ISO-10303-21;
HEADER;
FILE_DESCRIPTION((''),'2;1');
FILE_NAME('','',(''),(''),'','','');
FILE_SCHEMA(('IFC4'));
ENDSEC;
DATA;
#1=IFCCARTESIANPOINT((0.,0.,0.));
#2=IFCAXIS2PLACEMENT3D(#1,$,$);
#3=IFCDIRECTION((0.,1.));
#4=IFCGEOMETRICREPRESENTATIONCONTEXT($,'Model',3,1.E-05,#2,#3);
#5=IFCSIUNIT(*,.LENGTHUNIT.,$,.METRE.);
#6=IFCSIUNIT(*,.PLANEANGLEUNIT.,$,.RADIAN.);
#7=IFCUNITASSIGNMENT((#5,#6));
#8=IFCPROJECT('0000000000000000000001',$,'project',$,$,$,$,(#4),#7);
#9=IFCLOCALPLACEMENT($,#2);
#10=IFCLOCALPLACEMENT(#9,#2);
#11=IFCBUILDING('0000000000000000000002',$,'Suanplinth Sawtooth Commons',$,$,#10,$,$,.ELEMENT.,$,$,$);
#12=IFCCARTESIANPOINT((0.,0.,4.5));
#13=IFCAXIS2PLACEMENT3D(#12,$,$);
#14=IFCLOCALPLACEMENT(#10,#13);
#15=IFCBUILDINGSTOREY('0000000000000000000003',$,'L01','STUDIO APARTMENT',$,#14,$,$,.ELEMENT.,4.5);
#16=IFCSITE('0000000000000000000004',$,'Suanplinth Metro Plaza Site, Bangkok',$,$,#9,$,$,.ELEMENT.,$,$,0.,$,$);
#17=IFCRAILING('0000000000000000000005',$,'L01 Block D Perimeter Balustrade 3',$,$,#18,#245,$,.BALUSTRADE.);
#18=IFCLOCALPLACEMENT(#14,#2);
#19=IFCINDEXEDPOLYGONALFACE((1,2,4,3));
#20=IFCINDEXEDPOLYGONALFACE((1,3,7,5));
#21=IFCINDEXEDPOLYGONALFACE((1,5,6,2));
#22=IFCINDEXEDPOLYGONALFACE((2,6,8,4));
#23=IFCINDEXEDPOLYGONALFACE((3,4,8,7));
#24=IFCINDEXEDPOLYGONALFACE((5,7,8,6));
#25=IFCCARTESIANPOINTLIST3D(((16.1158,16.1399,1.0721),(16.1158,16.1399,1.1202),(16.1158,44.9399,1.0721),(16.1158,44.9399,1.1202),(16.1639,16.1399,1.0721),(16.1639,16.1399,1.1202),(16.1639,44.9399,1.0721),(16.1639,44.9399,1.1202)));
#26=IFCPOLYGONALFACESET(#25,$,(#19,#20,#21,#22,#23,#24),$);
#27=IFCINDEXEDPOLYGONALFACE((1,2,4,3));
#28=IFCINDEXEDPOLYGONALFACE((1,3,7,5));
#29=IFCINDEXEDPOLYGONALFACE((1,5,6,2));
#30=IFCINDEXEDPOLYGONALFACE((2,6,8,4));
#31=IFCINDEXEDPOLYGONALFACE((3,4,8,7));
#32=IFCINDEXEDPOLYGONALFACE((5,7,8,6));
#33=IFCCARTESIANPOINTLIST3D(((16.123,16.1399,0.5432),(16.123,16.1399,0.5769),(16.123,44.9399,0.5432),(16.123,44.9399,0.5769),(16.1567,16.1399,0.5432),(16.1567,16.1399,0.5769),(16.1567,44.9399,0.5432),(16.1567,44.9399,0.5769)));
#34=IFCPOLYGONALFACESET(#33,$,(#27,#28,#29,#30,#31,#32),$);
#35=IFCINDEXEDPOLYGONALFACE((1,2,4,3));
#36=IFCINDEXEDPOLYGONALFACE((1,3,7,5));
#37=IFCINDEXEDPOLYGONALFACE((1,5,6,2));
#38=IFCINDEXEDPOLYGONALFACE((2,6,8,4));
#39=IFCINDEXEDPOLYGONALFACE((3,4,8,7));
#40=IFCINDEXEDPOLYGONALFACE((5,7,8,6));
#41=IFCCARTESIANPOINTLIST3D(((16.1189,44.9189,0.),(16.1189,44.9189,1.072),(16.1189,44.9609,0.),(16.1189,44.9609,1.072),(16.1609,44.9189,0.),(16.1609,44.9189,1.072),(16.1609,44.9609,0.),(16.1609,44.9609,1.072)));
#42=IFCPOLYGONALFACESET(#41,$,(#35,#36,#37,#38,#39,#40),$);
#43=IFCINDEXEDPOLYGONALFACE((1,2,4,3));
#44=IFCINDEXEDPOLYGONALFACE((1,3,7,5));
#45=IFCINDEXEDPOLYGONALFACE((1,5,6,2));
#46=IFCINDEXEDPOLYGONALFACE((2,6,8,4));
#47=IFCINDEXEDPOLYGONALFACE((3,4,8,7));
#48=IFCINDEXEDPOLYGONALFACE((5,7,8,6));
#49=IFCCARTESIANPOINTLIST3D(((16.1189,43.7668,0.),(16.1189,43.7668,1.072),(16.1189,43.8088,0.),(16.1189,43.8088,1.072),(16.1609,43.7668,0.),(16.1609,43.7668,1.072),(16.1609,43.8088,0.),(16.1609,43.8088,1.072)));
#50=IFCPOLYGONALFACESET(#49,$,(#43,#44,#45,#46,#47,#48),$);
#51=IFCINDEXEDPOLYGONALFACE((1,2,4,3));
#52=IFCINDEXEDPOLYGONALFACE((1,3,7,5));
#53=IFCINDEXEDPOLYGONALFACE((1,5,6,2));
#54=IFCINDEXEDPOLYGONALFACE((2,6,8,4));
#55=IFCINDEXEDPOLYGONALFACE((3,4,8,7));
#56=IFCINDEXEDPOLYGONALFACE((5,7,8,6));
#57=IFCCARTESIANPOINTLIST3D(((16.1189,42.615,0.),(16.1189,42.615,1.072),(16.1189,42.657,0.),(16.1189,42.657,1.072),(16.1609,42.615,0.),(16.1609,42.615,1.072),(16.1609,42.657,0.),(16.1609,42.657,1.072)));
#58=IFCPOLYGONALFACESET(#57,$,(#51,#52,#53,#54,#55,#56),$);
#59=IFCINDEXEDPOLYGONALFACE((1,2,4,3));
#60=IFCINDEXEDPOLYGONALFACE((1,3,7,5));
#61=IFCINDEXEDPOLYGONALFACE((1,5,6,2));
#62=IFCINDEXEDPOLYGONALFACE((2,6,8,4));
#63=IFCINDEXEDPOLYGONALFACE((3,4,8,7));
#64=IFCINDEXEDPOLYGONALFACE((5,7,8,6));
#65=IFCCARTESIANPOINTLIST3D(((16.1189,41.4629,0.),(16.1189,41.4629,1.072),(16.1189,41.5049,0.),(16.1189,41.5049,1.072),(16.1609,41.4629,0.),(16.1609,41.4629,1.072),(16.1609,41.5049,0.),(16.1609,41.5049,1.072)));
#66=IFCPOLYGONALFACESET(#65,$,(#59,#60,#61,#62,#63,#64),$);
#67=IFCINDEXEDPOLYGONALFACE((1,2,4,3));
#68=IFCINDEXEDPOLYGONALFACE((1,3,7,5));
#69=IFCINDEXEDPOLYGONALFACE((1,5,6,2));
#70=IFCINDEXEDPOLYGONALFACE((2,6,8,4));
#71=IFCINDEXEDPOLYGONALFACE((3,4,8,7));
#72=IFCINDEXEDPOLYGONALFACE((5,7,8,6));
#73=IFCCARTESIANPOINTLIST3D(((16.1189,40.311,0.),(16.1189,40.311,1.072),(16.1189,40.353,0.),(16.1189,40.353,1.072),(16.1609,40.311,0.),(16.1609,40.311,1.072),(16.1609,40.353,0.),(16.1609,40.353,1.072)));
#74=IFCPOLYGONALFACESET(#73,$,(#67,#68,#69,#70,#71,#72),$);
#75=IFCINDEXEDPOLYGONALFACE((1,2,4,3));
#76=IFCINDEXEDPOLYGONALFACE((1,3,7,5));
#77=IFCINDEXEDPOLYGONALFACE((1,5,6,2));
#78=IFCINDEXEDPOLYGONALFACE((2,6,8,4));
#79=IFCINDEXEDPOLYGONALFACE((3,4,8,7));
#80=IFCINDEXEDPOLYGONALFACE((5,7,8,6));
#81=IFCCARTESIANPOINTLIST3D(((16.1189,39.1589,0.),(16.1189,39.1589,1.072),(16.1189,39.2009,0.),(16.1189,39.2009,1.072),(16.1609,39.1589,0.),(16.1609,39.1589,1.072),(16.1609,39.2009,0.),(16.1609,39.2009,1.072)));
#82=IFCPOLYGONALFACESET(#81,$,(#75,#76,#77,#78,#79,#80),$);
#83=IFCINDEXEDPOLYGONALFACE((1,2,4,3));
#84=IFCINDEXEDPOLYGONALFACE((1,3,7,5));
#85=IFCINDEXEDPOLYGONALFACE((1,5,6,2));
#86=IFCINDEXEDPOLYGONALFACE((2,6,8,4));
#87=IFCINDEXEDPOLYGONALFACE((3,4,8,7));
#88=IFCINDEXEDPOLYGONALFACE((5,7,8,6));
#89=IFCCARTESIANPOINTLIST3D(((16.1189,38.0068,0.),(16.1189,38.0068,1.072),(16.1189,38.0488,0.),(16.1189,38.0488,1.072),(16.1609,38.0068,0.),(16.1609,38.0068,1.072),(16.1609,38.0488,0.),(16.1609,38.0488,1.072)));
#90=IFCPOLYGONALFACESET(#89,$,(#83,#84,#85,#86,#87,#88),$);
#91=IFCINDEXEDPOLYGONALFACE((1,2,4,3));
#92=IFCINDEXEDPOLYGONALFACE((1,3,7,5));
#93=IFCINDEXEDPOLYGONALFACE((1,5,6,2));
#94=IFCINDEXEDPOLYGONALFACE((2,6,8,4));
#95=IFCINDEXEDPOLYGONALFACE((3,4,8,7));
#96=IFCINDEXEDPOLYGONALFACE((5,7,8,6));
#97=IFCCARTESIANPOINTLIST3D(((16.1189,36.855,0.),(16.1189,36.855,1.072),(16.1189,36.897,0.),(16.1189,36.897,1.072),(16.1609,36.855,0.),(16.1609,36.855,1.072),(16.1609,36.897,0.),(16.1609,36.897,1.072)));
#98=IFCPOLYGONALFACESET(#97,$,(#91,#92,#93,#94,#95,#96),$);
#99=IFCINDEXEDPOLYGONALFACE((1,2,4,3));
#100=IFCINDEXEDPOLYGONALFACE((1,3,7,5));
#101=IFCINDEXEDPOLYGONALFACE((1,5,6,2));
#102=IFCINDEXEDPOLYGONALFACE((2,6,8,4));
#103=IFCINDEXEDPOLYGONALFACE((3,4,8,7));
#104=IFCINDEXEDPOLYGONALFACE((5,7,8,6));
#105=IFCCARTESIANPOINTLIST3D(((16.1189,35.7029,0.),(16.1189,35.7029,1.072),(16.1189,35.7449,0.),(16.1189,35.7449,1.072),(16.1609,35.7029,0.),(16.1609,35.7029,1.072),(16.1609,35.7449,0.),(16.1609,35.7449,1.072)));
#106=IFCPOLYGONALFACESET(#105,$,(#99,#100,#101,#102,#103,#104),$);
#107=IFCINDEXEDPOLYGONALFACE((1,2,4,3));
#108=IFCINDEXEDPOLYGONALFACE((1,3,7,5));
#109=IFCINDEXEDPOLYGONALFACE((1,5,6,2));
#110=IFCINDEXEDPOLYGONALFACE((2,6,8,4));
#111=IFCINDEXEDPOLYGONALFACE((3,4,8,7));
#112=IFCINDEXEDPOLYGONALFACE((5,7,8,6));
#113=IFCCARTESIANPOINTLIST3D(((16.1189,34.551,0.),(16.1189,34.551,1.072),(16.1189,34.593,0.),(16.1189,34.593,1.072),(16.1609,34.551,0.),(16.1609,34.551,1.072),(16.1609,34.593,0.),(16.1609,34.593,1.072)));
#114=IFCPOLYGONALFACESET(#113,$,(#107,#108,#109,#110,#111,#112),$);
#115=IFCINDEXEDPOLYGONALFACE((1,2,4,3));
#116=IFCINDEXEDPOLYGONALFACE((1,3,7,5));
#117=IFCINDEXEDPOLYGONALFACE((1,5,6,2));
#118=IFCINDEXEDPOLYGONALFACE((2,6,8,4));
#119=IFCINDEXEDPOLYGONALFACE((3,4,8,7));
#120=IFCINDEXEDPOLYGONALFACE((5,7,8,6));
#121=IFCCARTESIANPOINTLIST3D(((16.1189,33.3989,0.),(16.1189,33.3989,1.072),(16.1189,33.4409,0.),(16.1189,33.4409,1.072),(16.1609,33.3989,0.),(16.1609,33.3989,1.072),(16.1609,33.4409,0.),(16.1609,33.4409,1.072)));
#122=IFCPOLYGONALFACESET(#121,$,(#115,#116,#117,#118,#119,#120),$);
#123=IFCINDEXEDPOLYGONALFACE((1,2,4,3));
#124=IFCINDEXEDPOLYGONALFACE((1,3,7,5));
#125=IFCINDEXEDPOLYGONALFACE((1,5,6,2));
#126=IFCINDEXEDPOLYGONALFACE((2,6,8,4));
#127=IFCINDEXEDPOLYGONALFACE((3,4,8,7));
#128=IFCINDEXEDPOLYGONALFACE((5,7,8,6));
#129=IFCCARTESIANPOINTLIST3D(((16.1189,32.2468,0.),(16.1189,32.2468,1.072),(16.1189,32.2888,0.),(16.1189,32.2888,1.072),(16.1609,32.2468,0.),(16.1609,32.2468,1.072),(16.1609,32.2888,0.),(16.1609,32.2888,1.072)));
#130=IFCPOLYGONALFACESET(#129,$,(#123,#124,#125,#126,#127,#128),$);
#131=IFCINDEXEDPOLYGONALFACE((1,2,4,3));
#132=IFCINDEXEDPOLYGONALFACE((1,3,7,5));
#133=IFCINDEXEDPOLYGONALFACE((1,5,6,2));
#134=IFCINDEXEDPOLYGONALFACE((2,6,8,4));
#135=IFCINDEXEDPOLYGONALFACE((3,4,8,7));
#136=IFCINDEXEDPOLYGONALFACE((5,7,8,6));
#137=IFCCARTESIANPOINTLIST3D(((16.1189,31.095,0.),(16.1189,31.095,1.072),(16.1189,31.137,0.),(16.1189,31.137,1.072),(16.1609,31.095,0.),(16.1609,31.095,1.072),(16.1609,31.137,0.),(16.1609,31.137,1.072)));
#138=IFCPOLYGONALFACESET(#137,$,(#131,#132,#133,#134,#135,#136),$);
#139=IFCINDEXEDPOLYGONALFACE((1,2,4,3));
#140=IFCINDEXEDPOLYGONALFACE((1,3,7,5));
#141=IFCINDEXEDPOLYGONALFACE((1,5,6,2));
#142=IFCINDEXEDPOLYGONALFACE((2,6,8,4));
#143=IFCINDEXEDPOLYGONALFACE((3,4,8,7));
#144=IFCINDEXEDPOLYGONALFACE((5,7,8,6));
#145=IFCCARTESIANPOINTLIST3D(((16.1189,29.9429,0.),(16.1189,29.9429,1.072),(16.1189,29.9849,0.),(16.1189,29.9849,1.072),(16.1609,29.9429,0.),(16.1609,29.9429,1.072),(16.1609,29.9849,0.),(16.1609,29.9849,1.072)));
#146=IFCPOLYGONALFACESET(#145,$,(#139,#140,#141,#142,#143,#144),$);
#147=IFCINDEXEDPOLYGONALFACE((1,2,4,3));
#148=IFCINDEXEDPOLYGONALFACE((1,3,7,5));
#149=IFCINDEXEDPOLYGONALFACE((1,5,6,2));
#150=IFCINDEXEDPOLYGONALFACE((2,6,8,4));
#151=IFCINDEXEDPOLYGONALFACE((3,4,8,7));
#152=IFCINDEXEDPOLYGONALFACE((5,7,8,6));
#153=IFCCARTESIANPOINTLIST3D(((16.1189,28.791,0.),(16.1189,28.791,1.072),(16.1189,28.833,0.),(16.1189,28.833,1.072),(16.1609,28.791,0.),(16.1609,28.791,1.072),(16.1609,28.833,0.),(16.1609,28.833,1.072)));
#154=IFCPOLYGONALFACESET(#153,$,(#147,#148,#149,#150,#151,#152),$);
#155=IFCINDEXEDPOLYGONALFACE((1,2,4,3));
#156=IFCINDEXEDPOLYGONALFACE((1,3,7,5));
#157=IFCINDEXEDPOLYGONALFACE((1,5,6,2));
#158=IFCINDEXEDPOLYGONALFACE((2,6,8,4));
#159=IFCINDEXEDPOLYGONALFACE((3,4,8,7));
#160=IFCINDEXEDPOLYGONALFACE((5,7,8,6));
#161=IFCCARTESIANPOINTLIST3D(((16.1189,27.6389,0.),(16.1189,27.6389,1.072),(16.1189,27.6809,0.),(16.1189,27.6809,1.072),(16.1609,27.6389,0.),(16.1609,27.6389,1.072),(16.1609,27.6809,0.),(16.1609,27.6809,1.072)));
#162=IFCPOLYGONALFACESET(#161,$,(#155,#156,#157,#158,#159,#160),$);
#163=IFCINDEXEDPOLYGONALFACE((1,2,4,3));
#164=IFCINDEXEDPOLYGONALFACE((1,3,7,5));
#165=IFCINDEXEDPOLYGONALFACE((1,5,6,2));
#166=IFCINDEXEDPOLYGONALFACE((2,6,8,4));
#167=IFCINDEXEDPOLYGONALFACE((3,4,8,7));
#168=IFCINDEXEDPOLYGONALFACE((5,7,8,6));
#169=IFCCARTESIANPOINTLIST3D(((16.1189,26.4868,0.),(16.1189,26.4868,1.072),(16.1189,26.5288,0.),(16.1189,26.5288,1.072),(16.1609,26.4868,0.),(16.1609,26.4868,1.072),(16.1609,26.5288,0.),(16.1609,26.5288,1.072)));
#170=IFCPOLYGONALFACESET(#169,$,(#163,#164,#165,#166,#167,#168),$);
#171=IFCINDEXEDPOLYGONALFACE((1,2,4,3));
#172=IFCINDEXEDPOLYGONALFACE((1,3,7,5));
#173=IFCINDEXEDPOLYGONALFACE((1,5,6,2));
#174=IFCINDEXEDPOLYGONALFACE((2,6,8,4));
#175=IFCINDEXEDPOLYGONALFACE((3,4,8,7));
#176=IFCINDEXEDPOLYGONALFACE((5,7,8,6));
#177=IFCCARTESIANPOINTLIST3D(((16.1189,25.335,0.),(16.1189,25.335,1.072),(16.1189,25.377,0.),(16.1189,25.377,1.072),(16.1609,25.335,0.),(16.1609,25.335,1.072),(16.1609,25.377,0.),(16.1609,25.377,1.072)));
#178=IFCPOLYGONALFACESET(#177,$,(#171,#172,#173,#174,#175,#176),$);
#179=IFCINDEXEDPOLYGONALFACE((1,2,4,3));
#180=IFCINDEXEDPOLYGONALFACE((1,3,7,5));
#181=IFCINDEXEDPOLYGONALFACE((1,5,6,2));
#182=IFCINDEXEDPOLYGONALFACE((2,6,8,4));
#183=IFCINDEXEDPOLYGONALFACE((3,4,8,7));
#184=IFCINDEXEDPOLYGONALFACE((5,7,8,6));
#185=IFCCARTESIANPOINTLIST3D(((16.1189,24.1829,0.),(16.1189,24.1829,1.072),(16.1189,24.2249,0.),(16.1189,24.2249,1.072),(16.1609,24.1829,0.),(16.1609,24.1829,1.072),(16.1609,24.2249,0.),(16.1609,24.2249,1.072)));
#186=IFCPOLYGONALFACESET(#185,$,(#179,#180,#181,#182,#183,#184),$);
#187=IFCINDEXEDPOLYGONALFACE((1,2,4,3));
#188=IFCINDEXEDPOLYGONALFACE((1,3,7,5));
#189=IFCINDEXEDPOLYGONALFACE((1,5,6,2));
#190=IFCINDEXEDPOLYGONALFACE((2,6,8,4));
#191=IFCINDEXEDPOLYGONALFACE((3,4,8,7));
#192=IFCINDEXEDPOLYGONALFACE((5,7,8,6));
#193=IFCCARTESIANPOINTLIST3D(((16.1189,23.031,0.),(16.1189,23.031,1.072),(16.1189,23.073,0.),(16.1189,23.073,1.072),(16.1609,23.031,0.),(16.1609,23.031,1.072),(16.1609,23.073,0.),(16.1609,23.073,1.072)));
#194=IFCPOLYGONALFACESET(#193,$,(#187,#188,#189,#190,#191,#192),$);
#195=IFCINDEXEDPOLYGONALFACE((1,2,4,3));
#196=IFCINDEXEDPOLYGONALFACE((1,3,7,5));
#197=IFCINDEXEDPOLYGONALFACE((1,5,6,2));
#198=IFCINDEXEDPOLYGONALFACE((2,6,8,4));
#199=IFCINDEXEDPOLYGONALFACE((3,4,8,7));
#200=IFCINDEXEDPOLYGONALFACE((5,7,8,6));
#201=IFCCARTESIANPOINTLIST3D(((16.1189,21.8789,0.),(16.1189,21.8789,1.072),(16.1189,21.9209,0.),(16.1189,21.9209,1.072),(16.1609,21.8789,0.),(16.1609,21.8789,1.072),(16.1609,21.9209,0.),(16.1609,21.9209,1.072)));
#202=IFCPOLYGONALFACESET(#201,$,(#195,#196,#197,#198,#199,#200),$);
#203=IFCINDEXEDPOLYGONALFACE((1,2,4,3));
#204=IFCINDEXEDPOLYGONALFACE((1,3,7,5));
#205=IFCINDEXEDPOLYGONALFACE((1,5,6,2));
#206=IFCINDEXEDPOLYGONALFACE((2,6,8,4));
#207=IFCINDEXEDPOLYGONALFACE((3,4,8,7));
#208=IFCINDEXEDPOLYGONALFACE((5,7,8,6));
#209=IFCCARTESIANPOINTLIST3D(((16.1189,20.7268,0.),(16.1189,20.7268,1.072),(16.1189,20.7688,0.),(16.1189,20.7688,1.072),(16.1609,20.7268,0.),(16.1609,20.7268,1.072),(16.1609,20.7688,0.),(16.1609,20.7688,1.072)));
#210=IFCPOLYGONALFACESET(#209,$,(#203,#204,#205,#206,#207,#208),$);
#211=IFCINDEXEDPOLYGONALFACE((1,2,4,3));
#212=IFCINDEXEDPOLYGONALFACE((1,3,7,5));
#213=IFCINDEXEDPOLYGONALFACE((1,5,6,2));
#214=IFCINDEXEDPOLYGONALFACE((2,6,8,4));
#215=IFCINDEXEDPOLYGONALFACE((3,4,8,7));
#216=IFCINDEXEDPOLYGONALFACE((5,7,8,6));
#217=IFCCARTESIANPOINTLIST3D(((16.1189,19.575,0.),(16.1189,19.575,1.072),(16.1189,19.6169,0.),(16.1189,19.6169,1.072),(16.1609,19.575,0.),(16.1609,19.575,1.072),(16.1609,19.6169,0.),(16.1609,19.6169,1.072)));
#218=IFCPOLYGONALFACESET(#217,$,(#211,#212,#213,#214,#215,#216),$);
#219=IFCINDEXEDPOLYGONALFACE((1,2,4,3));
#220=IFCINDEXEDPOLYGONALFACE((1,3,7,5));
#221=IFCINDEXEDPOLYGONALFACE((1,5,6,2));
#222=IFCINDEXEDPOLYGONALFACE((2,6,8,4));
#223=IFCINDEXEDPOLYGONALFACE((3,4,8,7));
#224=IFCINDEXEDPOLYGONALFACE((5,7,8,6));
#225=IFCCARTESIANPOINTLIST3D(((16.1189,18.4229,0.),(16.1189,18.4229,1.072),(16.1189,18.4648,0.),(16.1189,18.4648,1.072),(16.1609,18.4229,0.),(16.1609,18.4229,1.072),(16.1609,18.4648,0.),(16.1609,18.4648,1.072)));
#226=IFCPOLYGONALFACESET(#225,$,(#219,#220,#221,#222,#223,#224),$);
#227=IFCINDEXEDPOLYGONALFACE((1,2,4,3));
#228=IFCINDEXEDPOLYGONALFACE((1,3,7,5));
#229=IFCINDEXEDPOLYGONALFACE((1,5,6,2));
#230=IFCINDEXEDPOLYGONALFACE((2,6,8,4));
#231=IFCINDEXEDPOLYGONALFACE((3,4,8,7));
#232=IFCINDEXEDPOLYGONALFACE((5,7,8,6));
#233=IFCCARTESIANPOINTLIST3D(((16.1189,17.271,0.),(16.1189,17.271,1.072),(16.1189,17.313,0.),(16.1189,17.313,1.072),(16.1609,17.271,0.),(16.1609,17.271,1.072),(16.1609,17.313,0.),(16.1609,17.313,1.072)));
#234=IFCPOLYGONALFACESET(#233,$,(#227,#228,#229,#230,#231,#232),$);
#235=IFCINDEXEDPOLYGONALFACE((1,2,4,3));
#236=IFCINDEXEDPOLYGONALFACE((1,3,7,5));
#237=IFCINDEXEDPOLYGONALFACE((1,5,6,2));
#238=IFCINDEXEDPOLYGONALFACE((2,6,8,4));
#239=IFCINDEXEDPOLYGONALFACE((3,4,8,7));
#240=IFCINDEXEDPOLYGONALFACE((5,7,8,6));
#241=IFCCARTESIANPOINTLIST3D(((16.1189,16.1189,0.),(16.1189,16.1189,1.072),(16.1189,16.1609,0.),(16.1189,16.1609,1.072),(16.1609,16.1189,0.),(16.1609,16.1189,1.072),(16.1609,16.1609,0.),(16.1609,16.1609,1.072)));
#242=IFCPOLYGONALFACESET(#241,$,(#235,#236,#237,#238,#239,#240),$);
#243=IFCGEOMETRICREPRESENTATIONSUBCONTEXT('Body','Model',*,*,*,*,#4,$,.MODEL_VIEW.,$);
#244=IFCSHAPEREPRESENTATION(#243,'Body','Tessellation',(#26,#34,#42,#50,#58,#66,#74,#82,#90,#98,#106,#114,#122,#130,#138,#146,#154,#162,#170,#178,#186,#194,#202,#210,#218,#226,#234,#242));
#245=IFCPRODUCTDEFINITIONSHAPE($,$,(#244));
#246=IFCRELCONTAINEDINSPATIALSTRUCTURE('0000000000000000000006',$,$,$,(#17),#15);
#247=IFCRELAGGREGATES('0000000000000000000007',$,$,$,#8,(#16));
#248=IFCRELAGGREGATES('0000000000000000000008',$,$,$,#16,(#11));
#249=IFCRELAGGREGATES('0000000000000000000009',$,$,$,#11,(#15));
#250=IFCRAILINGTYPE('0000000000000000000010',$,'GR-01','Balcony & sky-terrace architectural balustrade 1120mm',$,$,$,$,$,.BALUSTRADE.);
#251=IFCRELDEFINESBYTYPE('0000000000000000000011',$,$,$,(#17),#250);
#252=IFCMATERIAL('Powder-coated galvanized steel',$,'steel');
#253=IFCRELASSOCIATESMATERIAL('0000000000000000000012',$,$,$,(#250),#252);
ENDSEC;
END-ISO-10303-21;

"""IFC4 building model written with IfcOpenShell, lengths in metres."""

from ifc_helpers import new_model, si_unit, direction, frame, origin, origin_2d, place, context, subcontext, project, spatial, rectangle, extrude, material, type_object, element, save


model = new_model("IFC4")

# Units and contexts
model_context = context("Model", 3, precision=1e-05, world=origin(), true_north=direction((0.0, 1.0)))
body_context = subcontext(model_context, "Body", "Model", "MODEL_VIEW")
ifc_project = project(units=[si_unit("LENGTHUNIT", "METRE"), si_unit("PLANEANGLEUNIT", "RADIAN")], contexts=[model_context])

# Site, building, storey
site_placement = place(None, origin())
site = spatial("IfcSite", under=ifc_project, at=site_placement, Name="Suanplinth Metro Plaza Site, Bangkok", CompositionType="ELEMENT", RefElevation=0.0)
building_placement = place(site_placement, origin())
building = spatial("IfcBuilding", under=site, at=building_placement, Name="Suanplinth Sawtooth Commons", CompositionType="ELEMENT")
storey_placement = place(building_placement, frame((0.0, 0.0, 4.5)))
storey = spatial("IfcBuildingStorey", under=building, at=storey_placement, Name="L01", Description="STUDIO APARTMENT", CompositionType="ELEMENT", Elevation=4.5)

# Railing
ifc_material_1 = material(Name="Powder-coated galvanized steel", Category="steel")
railing_type = type_object("IfcRailingType", Name="GR-01", Description="Balcony & sky-terrace architectural balustrade 1120mm", PredefinedType="BALUSTRADE", material=ifc_material_1)
railing_placement = place(storey_placement, frame((16.1399, 44.9399, 0.0)))
element("IfcRailing", 1, at=railing_placement, inside=storey, type_object=railing_type, Name="L01 Block D Perimeter Balustrade 3", PredefinedType="BALUSTRADE", context=body_context, shape_type="SweptSolid", body=[
    extrude(rectangle(XDim=0.0481, YDim=0.0481, at=origin_2d()), frame((0.0, 0.0, 1.0962), z_axis=(0.0, -1.0, 0.0), x_axis=(1.0, 0.0, 0.0)), (0.0, 0.0, 1.0), 28.8),
    extrude(rectangle(XDim=0.0337, YDim=0.0337, at=origin_2d()), frame((0.0, 0.0, 0.5601), z_axis=(0.0, -1.0, 0.0), x_axis=(1.0, 0.0, 0.0)), (0.0, 0.0, 1.0), 28.8),
    extrude(rectangle(XDim=0.042, YDim=0.042, at=origin_2d()), origin(), (0.0, 0.0, 1.0), 1.072),
    extrude(rectangle(XDim=0.042, YDim=0.042, at=origin_2d()), frame((0.0, -1.1521, 0.0)), (0.0, 0.0, 1.0), 1.072),
    extrude(rectangle(XDim=0.042, YDim=0.042, at=origin_2d()), frame((0.0, -2.304, 0.0)), (0.0, 0.0, 1.0), 1.072),
    extrude(rectangle(XDim=0.042, YDim=0.042, at=origin_2d()), frame((0.0, -3.4561, 0.0)), (0.0, 0.0, 1.0), 1.072),
    extrude(rectangle(XDim=0.042, YDim=0.042, at=origin_2d()), frame((0.0, -4.6079, 0.0)), (0.0, 0.0, 1.0), 1.072),
    extrude(rectangle(XDim=0.042, YDim=0.042, at=origin_2d()), frame((0.0, -5.76, 0.0)), (0.0, 0.0, 1.0), 1.072),
    extrude(rectangle(XDim=0.042, YDim=0.042, at=origin_2d()), frame((0.0, -6.9121, 0.0)), (0.0, 0.0, 1.0), 1.072),
    extrude(rectangle(XDim=0.042, YDim=0.042, at=origin_2d()), frame((0.0, -8.064, 0.0)), (0.0, 0.0, 1.0), 1.072),
    extrude(rectangle(XDim=0.042, YDim=0.042, at=origin_2d()), frame((0.0, -9.2161, 0.0)), (0.0, 0.0, 1.0), 1.072),
    extrude(rectangle(XDim=0.042, YDim=0.042, at=origin_2d()), frame((0.0, -10.3679, 0.0)), (0.0, 0.0, 1.0), 1.072),
    extrude(rectangle(XDim=0.042, YDim=0.042, at=origin_2d()), frame((0.0, -11.52, 0.0)), (0.0, 0.0, 1.0), 1.072),
    extrude(rectangle(XDim=0.042, YDim=0.042, at=origin_2d()), frame((0.0, -12.6721, 0.0)), (0.0, 0.0, 1.0), 1.072),
    extrude(rectangle(XDim=0.042, YDim=0.042, at=origin_2d()), frame((0.0, -13.824, 0.0)), (0.0, 0.0, 1.0), 1.072),
    extrude(rectangle(XDim=0.042, YDim=0.042, at=origin_2d()), frame((0.0, -14.9761, 0.0)), (0.0, 0.0, 1.0), 1.072),
    extrude(rectangle(XDim=0.042, YDim=0.042, at=origin_2d()), frame((0.0, -16.1279, 0.0)), (0.0, 0.0, 1.0), 1.072),
    extrude(rectangle(XDim=0.042, YDim=0.042, at=origin_2d()), frame((0.0, -17.28, 0.0)), (0.0, 0.0, 1.0), 1.072),
    extrude(rectangle(XDim=0.042, YDim=0.042, at=origin_2d()), frame((0.0, -18.4321, 0.0)), (0.0, 0.0, 1.0), 1.072),
    extrude(rectangle(XDim=0.042, YDim=0.042, at=origin_2d()), frame((0.0, -19.584, 0.0)), (0.0, 0.0, 1.0), 1.072),
    extrude(rectangle(XDim=0.042, YDim=0.042, at=origin_2d()), frame((0.0, -20.7361, 0.0)), (0.0, 0.0, 1.0), 1.072),
    extrude(rectangle(XDim=0.042, YDim=0.042, at=origin_2d()), frame((0.0, -21.8879, 0.0)), (0.0, 0.0, 1.0), 1.072),
    extrude(rectangle(XDim=0.042, YDim=0.042, at=origin_2d()), frame((0.0, -23.04, 0.0)), (0.0, 0.0, 1.0), 1.072),
    extrude(rectangle(XDim=0.042, YDim=0.042, at=origin_2d()), frame((0.0, -24.1921, 0.0)), (0.0, 0.0, 1.0), 1.072),
    extrude(rectangle(XDim=0.042, YDim=0.042, at=origin_2d()), frame((0.0, -25.344, 0.0)), (0.0, 0.0, 1.0), 1.072),
    extrude(rectangle(XDim=0.042, YDim=0.042, at=origin_2d()), frame((0.0, -26.4961, 0.0)), (0.0, 0.0, 1.0), 1.072),
    extrude(rectangle(XDim=0.042, YDim=0.042, at=origin_2d()), frame((0.0, -27.6479, 0.0)), (0.0, 0.0, 1.0), 1.072),
    extrude(rectangle(XDim=0.042, YDim=0.042, at=origin_2d()), frame((0.0, -28.8, 0.0)), (0.0, 0.0, 1.0), 1.072),
])

save(model, "model.ifc")
